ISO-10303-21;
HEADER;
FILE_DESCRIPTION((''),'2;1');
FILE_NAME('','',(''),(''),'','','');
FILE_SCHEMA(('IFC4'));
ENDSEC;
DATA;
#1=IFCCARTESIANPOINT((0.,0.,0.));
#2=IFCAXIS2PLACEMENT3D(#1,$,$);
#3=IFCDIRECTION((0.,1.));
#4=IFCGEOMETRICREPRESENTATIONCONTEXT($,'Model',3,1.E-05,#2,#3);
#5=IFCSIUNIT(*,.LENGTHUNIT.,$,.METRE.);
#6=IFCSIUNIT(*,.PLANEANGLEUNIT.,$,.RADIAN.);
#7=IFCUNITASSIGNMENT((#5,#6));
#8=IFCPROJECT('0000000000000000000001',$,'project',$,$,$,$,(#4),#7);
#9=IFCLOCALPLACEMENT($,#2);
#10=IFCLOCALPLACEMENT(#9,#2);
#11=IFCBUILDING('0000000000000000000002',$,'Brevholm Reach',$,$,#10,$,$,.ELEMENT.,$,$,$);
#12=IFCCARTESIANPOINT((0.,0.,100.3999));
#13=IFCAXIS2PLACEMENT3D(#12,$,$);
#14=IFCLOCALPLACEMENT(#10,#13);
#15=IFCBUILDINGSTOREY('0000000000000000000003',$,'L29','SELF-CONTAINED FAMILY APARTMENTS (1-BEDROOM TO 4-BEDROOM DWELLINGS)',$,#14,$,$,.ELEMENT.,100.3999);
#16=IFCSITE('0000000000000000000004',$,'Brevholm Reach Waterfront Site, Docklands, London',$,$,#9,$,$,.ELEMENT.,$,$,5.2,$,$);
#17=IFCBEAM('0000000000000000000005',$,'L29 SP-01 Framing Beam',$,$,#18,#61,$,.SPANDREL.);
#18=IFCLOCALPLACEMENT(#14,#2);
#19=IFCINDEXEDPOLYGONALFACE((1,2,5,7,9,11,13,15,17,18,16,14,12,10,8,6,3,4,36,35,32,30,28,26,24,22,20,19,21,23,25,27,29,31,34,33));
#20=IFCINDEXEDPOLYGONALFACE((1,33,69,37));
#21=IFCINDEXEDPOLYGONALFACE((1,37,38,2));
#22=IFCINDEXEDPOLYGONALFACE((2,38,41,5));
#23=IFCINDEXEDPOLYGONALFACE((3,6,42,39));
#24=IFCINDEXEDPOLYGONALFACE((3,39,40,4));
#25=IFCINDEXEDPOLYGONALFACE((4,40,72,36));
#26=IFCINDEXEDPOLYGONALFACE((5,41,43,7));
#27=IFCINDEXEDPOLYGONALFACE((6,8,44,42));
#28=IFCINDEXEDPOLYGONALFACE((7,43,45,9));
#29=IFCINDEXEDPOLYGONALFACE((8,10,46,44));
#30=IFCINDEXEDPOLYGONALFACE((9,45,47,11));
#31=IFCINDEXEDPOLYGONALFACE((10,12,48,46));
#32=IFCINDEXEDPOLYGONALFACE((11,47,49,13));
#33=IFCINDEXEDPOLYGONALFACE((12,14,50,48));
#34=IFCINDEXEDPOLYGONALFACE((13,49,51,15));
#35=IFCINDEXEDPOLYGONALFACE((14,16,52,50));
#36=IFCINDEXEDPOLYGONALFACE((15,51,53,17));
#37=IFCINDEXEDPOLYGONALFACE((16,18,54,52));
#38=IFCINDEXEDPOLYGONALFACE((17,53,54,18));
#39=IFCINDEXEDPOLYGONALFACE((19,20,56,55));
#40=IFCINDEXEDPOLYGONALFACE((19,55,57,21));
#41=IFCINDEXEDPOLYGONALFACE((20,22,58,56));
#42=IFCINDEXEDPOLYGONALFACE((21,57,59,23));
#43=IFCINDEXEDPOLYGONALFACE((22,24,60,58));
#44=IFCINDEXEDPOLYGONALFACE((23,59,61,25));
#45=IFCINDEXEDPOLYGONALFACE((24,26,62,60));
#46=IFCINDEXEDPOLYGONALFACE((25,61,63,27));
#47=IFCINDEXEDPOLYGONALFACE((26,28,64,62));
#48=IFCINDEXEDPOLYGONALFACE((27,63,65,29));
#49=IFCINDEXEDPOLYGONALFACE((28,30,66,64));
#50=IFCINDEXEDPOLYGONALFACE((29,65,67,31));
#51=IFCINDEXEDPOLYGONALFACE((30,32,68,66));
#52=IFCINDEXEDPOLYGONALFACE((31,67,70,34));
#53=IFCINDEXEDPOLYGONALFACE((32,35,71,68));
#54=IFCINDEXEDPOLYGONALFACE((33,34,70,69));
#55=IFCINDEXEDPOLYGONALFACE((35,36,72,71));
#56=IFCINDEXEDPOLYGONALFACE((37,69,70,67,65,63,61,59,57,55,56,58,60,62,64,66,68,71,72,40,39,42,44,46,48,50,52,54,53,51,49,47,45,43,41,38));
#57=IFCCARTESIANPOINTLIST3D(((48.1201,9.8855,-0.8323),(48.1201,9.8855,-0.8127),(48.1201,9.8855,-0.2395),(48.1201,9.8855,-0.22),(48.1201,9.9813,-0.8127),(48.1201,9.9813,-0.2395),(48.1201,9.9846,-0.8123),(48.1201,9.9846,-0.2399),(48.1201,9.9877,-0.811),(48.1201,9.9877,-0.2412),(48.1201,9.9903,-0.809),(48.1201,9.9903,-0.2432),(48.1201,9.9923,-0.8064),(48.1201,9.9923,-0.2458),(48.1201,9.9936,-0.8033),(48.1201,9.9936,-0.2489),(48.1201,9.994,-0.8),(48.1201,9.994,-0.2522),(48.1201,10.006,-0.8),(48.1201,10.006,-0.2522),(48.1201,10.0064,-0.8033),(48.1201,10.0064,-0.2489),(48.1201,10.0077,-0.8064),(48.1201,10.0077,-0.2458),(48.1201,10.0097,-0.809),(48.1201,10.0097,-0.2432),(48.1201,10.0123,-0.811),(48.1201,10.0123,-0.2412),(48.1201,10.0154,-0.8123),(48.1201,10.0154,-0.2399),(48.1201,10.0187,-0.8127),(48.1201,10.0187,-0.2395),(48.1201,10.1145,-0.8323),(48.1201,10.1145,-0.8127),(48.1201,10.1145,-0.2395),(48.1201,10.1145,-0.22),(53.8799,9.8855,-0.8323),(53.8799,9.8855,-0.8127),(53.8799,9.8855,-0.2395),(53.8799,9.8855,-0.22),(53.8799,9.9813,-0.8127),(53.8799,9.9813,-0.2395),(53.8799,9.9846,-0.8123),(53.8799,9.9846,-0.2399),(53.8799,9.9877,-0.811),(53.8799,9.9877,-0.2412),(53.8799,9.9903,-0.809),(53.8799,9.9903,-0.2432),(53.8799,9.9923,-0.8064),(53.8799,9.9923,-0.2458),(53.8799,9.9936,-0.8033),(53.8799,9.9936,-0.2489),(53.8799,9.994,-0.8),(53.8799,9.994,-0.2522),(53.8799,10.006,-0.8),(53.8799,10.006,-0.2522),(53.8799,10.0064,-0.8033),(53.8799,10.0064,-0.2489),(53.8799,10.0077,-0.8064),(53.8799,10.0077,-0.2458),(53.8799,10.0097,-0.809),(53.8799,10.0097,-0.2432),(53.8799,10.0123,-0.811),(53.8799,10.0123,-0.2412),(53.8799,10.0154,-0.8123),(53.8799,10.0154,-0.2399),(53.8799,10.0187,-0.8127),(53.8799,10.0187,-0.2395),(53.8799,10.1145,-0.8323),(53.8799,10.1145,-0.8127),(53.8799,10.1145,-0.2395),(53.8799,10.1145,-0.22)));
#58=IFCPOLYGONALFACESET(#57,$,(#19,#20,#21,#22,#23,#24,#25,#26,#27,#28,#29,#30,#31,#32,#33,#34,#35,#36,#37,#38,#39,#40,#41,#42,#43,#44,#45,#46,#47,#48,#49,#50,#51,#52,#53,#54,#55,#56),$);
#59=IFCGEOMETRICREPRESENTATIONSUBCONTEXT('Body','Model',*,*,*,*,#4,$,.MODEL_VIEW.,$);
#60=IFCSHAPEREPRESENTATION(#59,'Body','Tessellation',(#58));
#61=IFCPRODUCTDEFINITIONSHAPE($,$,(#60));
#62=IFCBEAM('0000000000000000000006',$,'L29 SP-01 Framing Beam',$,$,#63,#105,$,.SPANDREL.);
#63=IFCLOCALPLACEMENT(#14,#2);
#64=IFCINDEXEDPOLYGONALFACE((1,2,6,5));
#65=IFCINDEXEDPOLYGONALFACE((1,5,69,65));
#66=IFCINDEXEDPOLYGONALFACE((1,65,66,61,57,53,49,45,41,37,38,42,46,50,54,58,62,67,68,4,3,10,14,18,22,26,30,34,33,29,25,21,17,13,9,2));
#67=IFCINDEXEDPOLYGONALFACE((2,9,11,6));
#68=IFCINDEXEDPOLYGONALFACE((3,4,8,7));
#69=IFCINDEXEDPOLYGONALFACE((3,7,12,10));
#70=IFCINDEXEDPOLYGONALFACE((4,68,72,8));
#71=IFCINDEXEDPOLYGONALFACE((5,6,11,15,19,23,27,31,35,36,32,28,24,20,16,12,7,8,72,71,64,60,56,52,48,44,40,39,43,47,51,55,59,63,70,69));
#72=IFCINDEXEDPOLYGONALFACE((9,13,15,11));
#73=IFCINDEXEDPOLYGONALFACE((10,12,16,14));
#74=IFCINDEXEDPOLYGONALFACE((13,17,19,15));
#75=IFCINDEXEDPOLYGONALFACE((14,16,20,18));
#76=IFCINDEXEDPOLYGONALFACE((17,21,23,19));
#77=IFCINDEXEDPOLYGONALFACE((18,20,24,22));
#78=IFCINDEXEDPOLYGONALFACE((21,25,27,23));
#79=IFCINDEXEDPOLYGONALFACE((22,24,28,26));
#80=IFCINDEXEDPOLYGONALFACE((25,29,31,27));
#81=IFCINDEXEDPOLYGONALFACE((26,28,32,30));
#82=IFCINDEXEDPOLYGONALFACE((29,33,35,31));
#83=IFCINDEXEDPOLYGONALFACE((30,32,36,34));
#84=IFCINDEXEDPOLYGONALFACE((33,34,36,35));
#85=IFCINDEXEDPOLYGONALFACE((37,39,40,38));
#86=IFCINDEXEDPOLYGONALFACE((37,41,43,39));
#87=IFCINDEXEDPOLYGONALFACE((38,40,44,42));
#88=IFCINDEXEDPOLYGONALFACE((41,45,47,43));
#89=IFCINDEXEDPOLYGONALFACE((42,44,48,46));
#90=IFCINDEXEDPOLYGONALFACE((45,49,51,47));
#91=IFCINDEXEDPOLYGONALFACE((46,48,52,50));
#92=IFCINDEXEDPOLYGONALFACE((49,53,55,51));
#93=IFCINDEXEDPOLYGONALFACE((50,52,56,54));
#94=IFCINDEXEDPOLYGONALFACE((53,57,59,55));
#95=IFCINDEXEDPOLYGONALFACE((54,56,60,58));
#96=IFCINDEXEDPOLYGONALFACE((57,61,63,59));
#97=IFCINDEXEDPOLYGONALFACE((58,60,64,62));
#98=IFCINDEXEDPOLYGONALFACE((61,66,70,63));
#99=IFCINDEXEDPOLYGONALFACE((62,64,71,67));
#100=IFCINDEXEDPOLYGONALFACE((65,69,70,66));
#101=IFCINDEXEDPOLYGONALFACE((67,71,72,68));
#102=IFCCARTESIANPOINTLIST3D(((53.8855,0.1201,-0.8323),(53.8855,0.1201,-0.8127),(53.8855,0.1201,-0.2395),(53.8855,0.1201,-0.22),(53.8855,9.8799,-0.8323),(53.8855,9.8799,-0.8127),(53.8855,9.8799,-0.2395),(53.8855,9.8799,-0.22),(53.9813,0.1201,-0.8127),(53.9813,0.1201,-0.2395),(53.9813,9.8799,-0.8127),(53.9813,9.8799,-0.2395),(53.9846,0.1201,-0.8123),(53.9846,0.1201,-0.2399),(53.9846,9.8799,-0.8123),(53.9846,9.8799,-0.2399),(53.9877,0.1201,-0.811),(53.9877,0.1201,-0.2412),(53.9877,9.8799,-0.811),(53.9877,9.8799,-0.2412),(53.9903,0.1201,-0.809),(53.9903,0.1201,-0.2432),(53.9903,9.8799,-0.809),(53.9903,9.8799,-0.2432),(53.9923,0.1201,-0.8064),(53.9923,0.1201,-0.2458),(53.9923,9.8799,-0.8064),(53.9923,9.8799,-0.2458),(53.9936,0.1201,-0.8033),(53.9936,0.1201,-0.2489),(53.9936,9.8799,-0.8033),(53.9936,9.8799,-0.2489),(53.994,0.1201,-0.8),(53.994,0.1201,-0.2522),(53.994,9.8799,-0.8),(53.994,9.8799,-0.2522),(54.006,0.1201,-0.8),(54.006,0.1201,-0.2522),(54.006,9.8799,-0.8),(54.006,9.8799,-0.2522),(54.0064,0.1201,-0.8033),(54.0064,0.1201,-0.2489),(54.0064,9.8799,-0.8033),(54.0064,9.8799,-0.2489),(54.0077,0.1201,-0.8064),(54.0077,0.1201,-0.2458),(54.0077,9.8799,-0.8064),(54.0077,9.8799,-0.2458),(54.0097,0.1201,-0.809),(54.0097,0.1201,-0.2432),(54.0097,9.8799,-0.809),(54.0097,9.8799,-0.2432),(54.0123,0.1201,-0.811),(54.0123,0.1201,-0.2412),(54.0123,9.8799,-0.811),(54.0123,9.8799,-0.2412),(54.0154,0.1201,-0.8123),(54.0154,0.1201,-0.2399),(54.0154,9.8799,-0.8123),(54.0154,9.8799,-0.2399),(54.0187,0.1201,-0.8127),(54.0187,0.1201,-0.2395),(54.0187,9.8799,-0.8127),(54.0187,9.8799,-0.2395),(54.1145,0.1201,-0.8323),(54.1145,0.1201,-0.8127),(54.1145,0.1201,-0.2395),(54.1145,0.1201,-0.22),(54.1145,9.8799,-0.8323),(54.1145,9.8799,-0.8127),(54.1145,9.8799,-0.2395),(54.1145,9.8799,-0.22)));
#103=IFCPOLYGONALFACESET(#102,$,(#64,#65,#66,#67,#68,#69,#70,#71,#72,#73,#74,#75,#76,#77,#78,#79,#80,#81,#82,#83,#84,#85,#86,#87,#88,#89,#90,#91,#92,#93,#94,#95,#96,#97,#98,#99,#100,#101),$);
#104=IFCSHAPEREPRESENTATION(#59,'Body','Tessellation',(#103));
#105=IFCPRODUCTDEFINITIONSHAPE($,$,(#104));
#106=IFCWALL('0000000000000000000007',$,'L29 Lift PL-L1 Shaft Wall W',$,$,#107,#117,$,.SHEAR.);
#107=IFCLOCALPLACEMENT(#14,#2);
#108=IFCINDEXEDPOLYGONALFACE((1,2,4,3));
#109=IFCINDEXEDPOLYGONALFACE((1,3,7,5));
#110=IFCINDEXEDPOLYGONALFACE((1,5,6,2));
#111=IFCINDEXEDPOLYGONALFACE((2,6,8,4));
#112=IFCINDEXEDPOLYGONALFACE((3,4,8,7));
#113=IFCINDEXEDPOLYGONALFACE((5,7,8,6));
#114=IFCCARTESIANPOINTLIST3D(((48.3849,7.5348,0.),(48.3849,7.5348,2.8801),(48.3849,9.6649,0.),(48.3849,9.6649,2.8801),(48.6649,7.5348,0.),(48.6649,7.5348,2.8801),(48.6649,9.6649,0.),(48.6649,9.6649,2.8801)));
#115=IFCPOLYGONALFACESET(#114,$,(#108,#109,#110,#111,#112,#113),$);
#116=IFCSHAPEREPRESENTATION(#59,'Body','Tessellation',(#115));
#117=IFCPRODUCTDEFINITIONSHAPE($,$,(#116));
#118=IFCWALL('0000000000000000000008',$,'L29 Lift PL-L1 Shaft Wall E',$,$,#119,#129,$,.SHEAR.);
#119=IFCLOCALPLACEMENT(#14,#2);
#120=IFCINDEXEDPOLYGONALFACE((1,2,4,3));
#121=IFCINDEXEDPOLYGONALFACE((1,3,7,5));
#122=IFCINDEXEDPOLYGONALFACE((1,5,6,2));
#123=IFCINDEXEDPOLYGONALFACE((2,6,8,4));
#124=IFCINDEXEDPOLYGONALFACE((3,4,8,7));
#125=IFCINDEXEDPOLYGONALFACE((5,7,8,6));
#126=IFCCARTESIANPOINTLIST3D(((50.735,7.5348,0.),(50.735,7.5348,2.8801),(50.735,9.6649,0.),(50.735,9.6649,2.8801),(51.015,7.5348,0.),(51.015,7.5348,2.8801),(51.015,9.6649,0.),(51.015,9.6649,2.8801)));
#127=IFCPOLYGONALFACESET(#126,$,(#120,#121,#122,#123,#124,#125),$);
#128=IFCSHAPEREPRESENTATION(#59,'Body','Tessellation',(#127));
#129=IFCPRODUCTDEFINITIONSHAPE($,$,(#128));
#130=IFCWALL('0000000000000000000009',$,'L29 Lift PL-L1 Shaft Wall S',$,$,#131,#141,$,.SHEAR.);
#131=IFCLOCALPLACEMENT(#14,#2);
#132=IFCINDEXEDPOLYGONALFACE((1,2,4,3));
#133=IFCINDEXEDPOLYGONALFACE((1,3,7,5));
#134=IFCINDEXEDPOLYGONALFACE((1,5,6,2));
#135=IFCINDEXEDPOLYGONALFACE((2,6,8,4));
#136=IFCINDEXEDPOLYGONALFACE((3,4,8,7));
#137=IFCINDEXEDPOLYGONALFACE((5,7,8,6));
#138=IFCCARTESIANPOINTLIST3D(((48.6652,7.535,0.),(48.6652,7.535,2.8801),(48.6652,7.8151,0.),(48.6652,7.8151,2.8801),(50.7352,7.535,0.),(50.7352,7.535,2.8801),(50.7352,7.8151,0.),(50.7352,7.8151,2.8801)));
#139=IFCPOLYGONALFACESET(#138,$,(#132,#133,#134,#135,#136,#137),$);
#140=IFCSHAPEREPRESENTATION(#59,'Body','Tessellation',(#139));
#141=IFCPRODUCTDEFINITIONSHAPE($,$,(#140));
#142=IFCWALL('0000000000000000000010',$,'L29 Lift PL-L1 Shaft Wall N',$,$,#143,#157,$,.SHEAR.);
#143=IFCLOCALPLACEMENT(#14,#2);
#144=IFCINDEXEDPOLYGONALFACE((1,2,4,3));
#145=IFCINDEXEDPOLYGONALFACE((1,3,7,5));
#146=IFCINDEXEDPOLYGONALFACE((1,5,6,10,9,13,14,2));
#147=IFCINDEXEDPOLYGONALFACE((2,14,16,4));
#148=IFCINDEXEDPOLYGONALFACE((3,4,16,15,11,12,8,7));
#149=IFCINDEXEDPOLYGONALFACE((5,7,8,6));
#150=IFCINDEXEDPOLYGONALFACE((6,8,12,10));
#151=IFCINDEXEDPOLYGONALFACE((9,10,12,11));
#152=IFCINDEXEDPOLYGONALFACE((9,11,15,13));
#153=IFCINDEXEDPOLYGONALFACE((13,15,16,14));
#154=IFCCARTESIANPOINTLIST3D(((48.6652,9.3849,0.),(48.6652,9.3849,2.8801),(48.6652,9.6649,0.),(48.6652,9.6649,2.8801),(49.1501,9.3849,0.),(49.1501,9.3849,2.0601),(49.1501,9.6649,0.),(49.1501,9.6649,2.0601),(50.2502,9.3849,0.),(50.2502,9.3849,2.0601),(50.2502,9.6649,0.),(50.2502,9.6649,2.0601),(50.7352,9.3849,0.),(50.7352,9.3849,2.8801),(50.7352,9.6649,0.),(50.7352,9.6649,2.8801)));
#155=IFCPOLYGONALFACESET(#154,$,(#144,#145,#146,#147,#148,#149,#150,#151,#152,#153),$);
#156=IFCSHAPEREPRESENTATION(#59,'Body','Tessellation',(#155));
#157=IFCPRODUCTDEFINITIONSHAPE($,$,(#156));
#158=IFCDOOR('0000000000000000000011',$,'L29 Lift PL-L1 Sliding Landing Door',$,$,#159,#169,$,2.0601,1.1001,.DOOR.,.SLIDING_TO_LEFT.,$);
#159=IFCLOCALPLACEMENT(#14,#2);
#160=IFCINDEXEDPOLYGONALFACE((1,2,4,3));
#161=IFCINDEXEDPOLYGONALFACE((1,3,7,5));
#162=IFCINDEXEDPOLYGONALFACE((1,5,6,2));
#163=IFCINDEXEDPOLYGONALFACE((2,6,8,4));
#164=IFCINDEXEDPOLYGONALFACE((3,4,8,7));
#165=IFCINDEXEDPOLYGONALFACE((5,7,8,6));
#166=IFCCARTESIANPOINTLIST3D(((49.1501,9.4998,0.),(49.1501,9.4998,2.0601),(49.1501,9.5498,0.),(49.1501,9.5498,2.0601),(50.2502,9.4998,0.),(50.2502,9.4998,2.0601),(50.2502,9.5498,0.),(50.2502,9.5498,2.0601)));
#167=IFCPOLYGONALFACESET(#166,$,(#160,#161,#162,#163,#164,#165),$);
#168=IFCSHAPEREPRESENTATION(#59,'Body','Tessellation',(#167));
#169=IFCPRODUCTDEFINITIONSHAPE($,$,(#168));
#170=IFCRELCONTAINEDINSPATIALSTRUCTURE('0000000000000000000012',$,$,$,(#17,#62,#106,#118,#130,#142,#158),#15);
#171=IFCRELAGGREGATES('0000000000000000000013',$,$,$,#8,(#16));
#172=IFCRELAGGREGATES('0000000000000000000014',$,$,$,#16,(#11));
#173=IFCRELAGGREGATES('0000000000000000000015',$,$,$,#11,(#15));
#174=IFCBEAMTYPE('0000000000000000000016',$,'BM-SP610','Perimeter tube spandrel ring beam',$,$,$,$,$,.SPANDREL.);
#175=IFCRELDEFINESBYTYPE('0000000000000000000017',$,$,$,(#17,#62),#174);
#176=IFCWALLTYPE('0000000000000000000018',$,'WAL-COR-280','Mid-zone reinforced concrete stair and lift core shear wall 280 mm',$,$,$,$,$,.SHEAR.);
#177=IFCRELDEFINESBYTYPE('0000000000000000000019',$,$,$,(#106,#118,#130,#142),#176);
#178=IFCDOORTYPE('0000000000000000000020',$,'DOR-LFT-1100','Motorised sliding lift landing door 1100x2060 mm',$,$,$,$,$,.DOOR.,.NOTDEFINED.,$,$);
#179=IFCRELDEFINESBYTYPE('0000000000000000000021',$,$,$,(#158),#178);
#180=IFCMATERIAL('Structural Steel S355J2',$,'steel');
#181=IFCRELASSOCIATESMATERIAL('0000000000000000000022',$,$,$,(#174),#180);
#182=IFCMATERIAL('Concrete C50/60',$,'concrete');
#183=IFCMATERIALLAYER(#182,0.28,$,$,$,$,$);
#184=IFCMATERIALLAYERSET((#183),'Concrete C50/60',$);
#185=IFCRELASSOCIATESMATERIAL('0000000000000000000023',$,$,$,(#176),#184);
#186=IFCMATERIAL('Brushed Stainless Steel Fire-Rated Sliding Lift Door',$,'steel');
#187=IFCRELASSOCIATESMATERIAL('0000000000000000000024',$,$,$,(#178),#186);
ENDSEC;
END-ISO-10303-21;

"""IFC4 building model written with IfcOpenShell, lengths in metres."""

from ifc_helpers import new_model, si_unit, direction, frame, frame_2d, origin, origin_2d, place, context, subcontext, project, spatial, rectangle, i_section, extrude, material, layer, layer_set, material_profile, profile_set, type_object, element, fill, save


model = new_model("IFC4")

# Units and contexts
model_context = context("Model", 3, precision=1e-05, world=origin(), true_north=direction((0.0, 1.0)))
body_context = subcontext(model_context, "Body", "Model", "MODEL_VIEW")
ifc_project = project(units=[si_unit("LENGTHUNIT", "METRE"), si_unit("PLANEANGLEUNIT", "RADIAN")], contexts=[model_context])

# Site, building, storey
site_placement = place(None, origin())
site = spatial("IfcSite", under=ifc_project, at=site_placement, Name="Brevholm Reach Waterfront Site, Docklands, London", CompositionType="ELEMENT", RefElevation=5.2)
building_placement = place(site_placement, origin())
building = spatial("IfcBuilding", under=site, at=building_placement, Name="Brevholm Reach", CompositionType="ELEMENT")
storey_placement = place(building_placement, frame((0.0, 0.0, 100.3999)))
storey = spatial("IfcBuildingStorey", under=building, at=storey_placement, Name="L29", Description="SELF-CONTAINED FAMILY APARTMENTS (1-BEDROOM TO 4-BEDROOM DWELLINGS)", CompositionType="ELEMENT", Elevation=100.3999)

# Beams
ifc_material_1 = material(Name="Structural Steel S355J2", Category="steel")
ifc_material_profile_1 = material_profile(ifc_material_1, i_section(OverallWidth=0.229, OverallDepth=0.6123, WebThickness=0.012, FlangeThickness=0.0195, FilletRadius=0.0127, at=origin_2d()), Name="UKB 610x229x125")
ifc_profile_set_1 = profile_set([ifc_material_profile_1], Name="Structural Steel S355J2")
beam_type_1 = type_object("IfcBeamType", Name="BM-SP610", Description="Perimeter tube spandrel ring beam", PredefinedType="SPANDREL", material=ifc_profile_set_1)
beam_1_placement = place(storey_placement, frame((48.1201, 10.0, -0.5261), z_axis=(1.0, 0.0, 0.0), x_axis=(0.0, 1.0, 0.0)))
element("IfcBeam", 1, at=beam_1_placement, inside=storey, type_object=beam_type_1, Name="L29 SP-01 Framing Beam", PredefinedType="SPANDREL", context=body_context, shape_type="SweptSolid", body=[
    extrude(i_section(OverallWidth=0.229, OverallDepth=0.6123, WebThickness=0.012, FlangeThickness=0.0195, FilletRadius=0.0127, at=origin_2d()), origin(), (0.0, 0.0, 1.0), 5.7598),
])
beam_2_placement = place(storey_placement, frame((54.0, 0.1201, -0.5261), z_axis=(0.0, 1.0, 0.0), x_axis=(-1.0, 0.0, 0.0)))
element("IfcBeam", 2, at=beam_2_placement, inside=storey, type_object=beam_type_1, Name="L29 SP-01 Framing Beam", PredefinedType="SPANDREL", context=body_context, shape_type="SweptSolid", body=[
    extrude(i_section(OverallWidth=0.229, OverallDepth=0.6123, WebThickness=0.012, FlangeThickness=0.0195, FilletRadius=0.0127, at=origin_2d()), origin(), (0.0, 0.0, 1.0), 9.7598),
])

# Walls
ifc_material_2 = material(Name="Concrete C50/60", Category="concrete")
ifc_layer_1 = layer(ifc_material_2, 0.28)
ifc_layer_set_1 = layer_set([ifc_layer_1], Name="Concrete C50/60")
wall_type_1 = type_object("IfcWallType", Name="WAL-COR-280", Description="Mid-zone reinforced concrete stair and lift core shear wall 280 mm", PredefinedType="SHEAR", material=ifc_layer_set_1)
for number, where, z_axis, x_axis, name in (
    (3, (48.5249, 7.5349, 0.0), (0.0, 0.0, 1.0), (0.0, 1.0, 0.0), "L29 Lift PL-L1 Shaft Wall W"),
    (4, (50.875, 7.5349, 0.0), (0.0, 0.0, 1.0), (0.0, 1.0, 0.0), "L29 Lift PL-L1 Shaft Wall E"),
):
    element("IfcWall", number, at=place(storey_placement, frame(where, z_axis=z_axis, x_axis=x_axis)), inside=storey, type_object=wall_type_1, Name=name, PredefinedType="SHEAR", context=body_context, shape_type="SweptSolid", body=[
        extrude(rectangle(XDim=2.1301, YDim=0.28, at=frame_2d((1.0649, 0.0))), origin(), (0.0, 0.0, 1.0), 2.8801),
    ])
wall_1_placement = place(storey_placement, frame((48.665, 7.675, 0.0), z_axis=(0.0, 0.0, 1.0), x_axis=(1.0, 0.0, 0.0)))
element("IfcWall", 5, at=wall_1_placement, inside=storey, type_object=wall_type_1, Name="L29 Lift PL-L1 Shaft Wall S", PredefinedType="SHEAR", context=body_context, shape_type="SweptSolid", body=[
    extrude(rectangle(XDim=2.0701, YDim=0.28, at=frame_2d((1.0352, 0.0))), origin(), (0.0, 0.0, 1.0), 2.8801),
])

# Wall, opening, door
wall_2_placement = place(storey_placement, frame((48.665, 9.5249, 0.0), z_axis=(0.0, 0.0, 1.0), x_axis=(1.0, 0.0, 0.0)))
wall_2 = element("IfcWall", 6, at=wall_2_placement, inside=storey, type_object=wall_type_1, Name="L29 Lift PL-L1 Shaft Wall N", PredefinedType="SHEAR", context=body_context, shape_type="SweptSolid", body=[
    extrude(rectangle(XDim=2.0701, YDim=0.28, at=frame_2d((1.0352, 0.0))), origin(), (0.0, 0.0, 1.0), 2.8801),
])
opening_1_placement = place(wall_2_placement, frame((0.4851, 0.0, 0.0)))
opening_1 = element("IfcOpeningElement", 7, at=opening_1_placement, cuts=wall_2, PredefinedType="OPENING", context=body_context, shape_type="SweptSolid", body=[
    extrude(rectangle(XDim=1.1001, YDim=2.0601, at=frame_2d((0.55, 1.03))), frame((0.0, 0.1499, 0.0), z_axis=(0.0, -1.0, 0.0), x_axis=(1.0, 0.0, 0.0)), (0.0, 0.0, 1.0), 0.3),
])
ifc_material_3 = material(Name="Brushed Stainless Steel Fire-Rated Sliding Lift Door", Category="steel")
door_type_1 = type_object("IfcDoorType", Name="DOR-LFT-1100", Description="Motorised sliding lift landing door 1100x2060 mm", OperationType="NOTDEFINED", PredefinedType="DOOR", material=ifc_material_3)
door_1_placement = place(opening_1_placement, origin())
door_1 = element("IfcDoor", 8, at=door_1_placement, inside=storey, type_object=door_type_1, Name="L29 Lift PL-L1 Sliding Landing Door", OperationType="SLIDING_TO_LEFT", OverallHeight=2.0601, OverallWidth=1.1001, PredefinedType="DOOR", context=body_context, shape_type="SweptSolid", body=[
    extrude(rectangle(XDim=1.1001, YDim=2.0601, at=frame_2d((0.55, 1.03))), frame((0.0, 0.0249, 0.0), z_axis=(0.0, -1.0, 0.0), x_axis=(1.0, 0.0, 0.0)), (0.0, 0.0, 1.0), 0.05),
])
fill(opening_1, door_1)

save(model, "model.ifc")
